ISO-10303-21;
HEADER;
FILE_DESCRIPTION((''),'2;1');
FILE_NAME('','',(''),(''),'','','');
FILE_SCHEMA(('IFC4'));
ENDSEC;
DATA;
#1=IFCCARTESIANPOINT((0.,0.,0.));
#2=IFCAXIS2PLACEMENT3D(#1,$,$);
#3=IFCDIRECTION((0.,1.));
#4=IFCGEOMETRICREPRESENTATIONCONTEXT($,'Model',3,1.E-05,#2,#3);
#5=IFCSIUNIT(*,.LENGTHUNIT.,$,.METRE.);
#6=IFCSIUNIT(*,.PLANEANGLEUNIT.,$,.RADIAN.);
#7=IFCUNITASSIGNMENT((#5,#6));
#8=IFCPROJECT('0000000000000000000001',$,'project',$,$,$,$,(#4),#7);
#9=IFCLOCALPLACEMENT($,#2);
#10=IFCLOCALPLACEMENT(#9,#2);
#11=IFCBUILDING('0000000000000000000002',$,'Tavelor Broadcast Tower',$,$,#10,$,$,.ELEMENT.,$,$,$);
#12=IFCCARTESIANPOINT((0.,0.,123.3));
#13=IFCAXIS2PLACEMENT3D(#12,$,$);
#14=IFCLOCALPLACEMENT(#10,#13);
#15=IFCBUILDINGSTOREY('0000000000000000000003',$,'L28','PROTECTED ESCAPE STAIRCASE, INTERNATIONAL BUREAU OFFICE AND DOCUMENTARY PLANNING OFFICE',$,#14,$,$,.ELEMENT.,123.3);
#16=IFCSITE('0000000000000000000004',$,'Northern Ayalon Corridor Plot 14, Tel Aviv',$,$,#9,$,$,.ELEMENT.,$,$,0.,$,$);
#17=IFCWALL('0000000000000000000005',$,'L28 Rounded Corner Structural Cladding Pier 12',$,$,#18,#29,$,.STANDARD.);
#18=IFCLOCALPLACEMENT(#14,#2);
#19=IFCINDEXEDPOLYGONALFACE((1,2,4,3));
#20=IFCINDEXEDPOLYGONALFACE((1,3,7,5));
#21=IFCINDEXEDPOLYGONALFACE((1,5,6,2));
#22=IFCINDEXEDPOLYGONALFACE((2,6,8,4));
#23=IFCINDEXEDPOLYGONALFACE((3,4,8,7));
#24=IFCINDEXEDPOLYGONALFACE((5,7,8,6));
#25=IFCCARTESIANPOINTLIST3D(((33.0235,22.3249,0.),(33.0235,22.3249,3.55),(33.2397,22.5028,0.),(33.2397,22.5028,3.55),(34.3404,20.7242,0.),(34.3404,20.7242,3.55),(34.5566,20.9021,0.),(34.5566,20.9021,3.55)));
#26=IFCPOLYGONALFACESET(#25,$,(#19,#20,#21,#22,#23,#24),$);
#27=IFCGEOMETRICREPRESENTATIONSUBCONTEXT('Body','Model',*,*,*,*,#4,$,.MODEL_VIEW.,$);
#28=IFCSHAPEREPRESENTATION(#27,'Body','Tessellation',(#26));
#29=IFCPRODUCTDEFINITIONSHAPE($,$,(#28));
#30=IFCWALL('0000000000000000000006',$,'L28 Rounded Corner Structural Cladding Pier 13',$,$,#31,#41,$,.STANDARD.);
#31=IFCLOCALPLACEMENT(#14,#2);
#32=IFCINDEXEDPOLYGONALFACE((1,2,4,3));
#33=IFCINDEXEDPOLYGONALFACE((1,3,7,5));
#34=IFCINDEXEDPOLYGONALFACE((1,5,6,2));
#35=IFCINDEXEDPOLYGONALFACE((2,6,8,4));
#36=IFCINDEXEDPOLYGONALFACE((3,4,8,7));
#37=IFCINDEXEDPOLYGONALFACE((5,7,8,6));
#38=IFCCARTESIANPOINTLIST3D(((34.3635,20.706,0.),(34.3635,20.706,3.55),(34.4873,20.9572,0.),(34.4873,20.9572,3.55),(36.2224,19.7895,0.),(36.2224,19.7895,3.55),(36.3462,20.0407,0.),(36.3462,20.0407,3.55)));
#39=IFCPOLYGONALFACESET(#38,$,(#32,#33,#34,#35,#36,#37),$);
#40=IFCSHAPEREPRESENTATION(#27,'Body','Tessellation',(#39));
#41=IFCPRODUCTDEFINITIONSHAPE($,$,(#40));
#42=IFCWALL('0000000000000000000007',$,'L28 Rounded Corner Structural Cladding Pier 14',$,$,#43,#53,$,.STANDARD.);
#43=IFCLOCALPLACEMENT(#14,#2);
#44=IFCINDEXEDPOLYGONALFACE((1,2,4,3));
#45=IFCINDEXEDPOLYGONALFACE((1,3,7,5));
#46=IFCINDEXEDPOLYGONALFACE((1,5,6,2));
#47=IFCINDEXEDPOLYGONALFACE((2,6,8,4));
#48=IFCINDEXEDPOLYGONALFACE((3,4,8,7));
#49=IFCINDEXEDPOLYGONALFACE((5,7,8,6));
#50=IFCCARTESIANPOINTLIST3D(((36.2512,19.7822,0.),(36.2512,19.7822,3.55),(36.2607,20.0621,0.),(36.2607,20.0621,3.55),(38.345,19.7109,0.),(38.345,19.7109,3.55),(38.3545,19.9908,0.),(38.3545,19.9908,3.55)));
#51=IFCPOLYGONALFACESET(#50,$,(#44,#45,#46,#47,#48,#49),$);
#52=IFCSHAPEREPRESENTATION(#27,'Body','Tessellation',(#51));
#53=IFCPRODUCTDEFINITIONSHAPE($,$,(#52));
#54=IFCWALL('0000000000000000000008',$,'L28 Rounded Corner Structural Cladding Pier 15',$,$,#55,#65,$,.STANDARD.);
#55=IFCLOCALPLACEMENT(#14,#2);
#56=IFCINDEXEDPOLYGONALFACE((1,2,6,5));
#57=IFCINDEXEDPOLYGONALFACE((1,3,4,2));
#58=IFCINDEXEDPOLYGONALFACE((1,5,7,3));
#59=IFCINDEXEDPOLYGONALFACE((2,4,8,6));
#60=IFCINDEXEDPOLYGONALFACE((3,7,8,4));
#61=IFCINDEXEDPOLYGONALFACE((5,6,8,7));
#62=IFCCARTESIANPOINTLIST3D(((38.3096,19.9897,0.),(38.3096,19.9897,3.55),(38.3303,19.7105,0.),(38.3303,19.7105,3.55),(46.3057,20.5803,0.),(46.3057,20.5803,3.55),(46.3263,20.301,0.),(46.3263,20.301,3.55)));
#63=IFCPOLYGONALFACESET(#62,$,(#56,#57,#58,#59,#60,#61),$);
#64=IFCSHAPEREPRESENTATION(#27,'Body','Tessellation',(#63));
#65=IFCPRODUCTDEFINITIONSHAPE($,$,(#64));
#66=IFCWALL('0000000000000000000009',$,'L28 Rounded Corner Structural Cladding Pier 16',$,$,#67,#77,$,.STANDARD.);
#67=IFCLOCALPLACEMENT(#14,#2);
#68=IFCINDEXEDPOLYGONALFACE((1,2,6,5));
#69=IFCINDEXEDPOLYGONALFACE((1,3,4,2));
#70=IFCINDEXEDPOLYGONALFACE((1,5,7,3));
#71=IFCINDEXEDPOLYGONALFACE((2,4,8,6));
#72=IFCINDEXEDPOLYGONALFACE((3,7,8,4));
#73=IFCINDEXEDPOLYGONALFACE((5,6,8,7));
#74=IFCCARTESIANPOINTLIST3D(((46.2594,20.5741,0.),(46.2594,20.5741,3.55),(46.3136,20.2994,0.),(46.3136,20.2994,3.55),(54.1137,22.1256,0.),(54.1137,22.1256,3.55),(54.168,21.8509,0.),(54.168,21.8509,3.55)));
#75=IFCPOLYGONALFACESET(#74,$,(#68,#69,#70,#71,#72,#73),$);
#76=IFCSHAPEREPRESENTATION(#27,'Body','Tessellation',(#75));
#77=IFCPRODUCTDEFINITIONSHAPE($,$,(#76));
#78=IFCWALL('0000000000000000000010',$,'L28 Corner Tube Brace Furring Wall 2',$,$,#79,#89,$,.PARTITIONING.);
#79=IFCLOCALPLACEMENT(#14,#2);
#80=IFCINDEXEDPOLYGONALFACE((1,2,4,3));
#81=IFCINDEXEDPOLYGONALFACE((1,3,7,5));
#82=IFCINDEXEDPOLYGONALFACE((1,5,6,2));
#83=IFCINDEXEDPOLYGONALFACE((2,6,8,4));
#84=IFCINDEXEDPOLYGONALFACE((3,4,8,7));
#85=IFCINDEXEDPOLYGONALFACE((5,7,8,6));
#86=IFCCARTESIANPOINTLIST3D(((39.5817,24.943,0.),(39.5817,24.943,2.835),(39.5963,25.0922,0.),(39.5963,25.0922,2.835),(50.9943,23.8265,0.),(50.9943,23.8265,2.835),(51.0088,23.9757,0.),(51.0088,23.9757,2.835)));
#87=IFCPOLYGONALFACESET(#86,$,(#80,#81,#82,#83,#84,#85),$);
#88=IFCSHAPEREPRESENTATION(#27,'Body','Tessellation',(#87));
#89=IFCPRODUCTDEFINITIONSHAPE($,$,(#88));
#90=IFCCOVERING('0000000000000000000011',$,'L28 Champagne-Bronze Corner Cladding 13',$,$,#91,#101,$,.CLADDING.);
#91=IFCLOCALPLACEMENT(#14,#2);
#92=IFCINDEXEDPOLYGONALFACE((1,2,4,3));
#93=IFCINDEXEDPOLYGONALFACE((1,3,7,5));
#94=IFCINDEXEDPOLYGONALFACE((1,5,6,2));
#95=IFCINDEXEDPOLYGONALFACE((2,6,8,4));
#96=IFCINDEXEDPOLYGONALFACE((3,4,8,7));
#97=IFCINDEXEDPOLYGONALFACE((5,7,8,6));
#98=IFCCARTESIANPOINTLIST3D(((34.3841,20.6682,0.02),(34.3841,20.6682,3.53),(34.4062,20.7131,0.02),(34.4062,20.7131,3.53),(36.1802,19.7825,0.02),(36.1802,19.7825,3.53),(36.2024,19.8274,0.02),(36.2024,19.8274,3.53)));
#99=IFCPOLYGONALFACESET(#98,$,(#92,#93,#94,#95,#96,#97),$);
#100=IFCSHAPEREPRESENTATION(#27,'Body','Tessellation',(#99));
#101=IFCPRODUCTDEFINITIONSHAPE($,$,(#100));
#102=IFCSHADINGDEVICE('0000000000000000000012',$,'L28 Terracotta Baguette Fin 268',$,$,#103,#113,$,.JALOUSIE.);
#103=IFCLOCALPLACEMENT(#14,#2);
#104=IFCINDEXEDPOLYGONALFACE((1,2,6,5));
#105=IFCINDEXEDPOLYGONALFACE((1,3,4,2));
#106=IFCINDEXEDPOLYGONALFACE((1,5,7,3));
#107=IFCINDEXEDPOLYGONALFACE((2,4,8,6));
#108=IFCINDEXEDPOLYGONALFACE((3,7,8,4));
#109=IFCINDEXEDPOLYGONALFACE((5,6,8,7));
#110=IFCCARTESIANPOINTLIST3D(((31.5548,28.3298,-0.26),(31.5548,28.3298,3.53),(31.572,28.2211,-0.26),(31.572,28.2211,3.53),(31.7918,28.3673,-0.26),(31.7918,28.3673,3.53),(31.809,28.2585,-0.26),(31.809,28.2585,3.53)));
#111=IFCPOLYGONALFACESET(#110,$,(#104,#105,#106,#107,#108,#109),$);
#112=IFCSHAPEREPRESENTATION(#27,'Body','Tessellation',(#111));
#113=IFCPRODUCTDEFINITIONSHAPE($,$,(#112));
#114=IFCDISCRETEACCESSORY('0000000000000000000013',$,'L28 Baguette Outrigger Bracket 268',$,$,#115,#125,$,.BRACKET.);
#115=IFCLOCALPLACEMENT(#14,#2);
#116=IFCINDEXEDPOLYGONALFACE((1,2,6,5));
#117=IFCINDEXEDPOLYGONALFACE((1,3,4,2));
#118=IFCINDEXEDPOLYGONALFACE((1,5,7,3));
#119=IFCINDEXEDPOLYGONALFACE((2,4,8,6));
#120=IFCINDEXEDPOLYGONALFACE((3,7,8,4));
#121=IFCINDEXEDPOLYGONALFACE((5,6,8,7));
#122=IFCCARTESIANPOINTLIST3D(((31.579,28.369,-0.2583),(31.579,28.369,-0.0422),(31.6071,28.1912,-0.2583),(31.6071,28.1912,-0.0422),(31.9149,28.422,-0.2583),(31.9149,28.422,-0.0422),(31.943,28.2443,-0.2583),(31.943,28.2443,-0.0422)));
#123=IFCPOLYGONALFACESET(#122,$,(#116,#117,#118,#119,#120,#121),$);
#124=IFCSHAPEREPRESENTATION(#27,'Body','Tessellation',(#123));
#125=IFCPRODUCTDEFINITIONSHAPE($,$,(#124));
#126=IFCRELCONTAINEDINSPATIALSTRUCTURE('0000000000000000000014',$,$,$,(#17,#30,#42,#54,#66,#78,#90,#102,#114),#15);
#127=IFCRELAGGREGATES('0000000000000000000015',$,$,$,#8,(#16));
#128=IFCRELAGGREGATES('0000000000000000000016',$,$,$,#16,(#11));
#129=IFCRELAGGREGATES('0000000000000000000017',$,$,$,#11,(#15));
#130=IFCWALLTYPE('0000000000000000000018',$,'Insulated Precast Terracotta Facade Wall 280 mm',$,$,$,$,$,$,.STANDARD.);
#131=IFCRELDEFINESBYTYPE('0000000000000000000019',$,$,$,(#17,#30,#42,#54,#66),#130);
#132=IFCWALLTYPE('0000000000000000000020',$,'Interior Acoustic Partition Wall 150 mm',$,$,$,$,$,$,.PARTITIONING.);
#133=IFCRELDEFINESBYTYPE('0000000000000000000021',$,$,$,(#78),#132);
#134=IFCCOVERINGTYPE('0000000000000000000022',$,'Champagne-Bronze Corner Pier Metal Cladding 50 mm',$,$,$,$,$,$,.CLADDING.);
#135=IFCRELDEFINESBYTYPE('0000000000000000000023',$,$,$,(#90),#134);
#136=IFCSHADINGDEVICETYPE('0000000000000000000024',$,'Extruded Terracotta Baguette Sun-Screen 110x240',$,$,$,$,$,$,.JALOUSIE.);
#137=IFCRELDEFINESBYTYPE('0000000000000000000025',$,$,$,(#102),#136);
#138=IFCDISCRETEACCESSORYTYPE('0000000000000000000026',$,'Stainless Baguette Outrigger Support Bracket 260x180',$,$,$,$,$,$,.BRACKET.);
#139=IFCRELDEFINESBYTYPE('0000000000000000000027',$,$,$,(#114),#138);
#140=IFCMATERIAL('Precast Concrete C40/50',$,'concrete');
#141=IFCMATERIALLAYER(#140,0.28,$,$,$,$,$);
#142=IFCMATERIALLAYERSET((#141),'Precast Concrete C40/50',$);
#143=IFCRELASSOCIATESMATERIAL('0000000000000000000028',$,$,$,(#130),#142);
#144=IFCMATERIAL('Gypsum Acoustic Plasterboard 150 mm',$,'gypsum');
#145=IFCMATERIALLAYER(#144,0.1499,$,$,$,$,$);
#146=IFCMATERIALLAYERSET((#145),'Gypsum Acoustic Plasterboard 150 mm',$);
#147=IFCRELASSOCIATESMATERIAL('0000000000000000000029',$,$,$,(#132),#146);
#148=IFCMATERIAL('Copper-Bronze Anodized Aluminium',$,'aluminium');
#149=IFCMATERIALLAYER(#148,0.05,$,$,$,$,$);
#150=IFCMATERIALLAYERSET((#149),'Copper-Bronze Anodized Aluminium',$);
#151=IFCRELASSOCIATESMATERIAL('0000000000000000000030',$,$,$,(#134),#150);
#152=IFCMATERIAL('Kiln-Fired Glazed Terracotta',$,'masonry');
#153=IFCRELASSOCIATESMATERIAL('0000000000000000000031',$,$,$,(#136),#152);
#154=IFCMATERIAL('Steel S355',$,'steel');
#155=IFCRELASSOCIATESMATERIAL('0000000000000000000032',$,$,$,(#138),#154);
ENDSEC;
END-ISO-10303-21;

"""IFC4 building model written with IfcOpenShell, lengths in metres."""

from ifc_helpers import new_model, si_unit, direction, frame, frame_2d, origin, origin_2d, place, context, subcontext, project, spatial, rectangle, extrude, source, transform, mapped, material, layer, layer_set, type_object, type_shapes, element, save


model = new_model("IFC4")

# Units and contexts
model_context = context("Model", 3, precision=1e-05, world=origin(), true_north=direction((0.0, 1.0)))
body_context = subcontext(model_context, "Body", "Model", "MODEL_VIEW")
ifc_project = project(units=[si_unit("LENGTHUNIT", "METRE"), si_unit("PLANEANGLEUNIT", "RADIAN")], contexts=[model_context])

# Site, building, storey
site_placement = place(None, origin())
site = spatial("IfcSite", under=ifc_project, at=site_placement, Name="Northern Ayalon Corridor Plot 14, Tel Aviv", CompositionType="ELEMENT", RefElevation=0.0)
building_placement = place(site_placement, origin())
building = spatial("IfcBuilding", under=site, at=building_placement, Name="Tavelor Broadcast Tower", CompositionType="ELEMENT")
storey_placement = place(building_placement, frame((0.0, 0.0, 123.3)))
storey = spatial("IfcBuildingStorey", under=building, at=storey_placement, Name="L28", Description="PROTECTED ESCAPE STAIRCASE, INTERNATIONAL BUREAU OFFICE AND DOCUMENTARY PLANNING OFFICE", CompositionType="ELEMENT", Elevation=123.3)

# Shared definitions
ifc_material_1 = material(Name="Steel S355", Category="steel")

# Walls
ifc_material_2 = material(Name="Precast Concrete C40/50", Category="concrete")
ifc_layer_1 = layer(ifc_material_2, 0.28)
ifc_layer_set_1 = layer_set([ifc_layer_1], Name="Precast Concrete C40/50")
wall_type_1 = type_object("IfcWallType", Name="Insulated Precast Terracotta Facade Wall 280 mm", PredefinedType="STANDARD", material=ifc_layer_set_1)
wall_1_placement = place(storey_placement, frame((33.1316, 22.4138, 0.0), z_axis=(0.0, 0.0, 1.0), x_axis=(0.635352, -0.772223, 0.0)))
element("IfcWall", 1, at=wall_1_placement, inside=storey, type_object=wall_type_1, Name="L28 Rounded Corner Structural Cladding Pier 12", PredefinedType="STANDARD", context=body_context, shape_type="SweptSolid", body=[
    extrude(rectangle(XDim=2.0728, YDim=0.28, at=frame_2d((1.0364, 0.0))), origin(), (0.0, 0.0, 1.0), 3.55),
])
wall_2_placement = place(storey_placement, frame((34.4255, 20.8315, 0.0), z_axis=(0.0, 0.0, 1.0), x_axis=(0.896911, -0.442212, 0.0)))
element("IfcWall", 2, at=wall_2_placement, inside=storey, type_object=wall_type_1, Name="L28 Rounded Corner Structural Cladding Pier 13", PredefinedType="STANDARD", context=body_context, shape_type="SweptSolid", body=[
    extrude(rectangle(XDim=2.0725, YDim=0.28, at=frame_2d((1.0361, 0.0))), origin(), (0.0, 0.0, 1.0), 3.55),
])
wall_3_placement = place(storey_placement, frame((36.2561, 19.9221, 0.0), z_axis=(0.0, 0.0, 1.0), x_axis=(0.999421, -0.034029, 0.0)))
element("IfcWall", 3, at=wall_3_placement, inside=storey, type_object=wall_type_1, Name="L28 Rounded Corner Structural Cladding Pier 14", PredefinedType="STANDARD", context=body_context, shape_type="SweptSolid", body=[
    extrude(rectangle(XDim=2.095, YDim=0.28, at=frame_2d((1.0474, 0.0))), origin(), (0.0, 0.0, 1.0), 3.55),
])
wall_4_placement = place(storey_placement, frame((38.3201, 19.8501, 0.0), z_axis=(0.0, 0.0, 1.0), x_axis=(0.997284, 0.073657, 0.0)))
element("IfcWall", 4, at=wall_4_placement, inside=storey, type_object=wall_type_1, Name="L28 Rounded Corner Structural Cladding Pier 15", PredefinedType="STANDARD", context=body_context, shape_type="SweptSolid", body=[
    extrude(rectangle(XDim=8.0178, YDim=0.28, at=frame_2d((4.0088, 0.0))), origin(), (0.0, 0.0, 1.0), 3.55),
])
wall_5_placement = place(storey_placement, frame((46.2866, 20.4368, 0.0), z_axis=(0.0, 0.0, 1.0), x_axis=(0.981042, 0.193793, 0.0)))
element("IfcWall", 5, at=wall_5_placement, inside=storey, type_object=wall_type_1, Name="L28 Rounded Corner Structural Cladding Pier 16", PredefinedType="STANDARD", context=body_context, shape_type="SweptSolid", body=[
    extrude(rectangle(XDim=8.0061, YDim=0.28, at=frame_2d((4.0029, 0.0))), origin(), (0.0, 0.0, 1.0), 3.55),
])
ifc_material_3 = material(Name="Gypsum Acoustic Plasterboard 150 mm", Category="gypsum")
ifc_layer_2 = layer(ifc_material_3, 0.1499)
ifc_layer_set_2 = layer_set([ifc_layer_2], Name="Gypsum Acoustic Plasterboard 150 mm")
wall_type_2 = type_object("IfcWallType", Name="Interior Acoustic Partition Wall 150 mm", PredefinedType="PARTITIONING", material=ifc_layer_set_2)
wall_6_placement = place(storey_placement, frame((39.5891, 25.0176, 0.0), z_axis=(0.0, 0.0, 1.0), x_axis=(0.995249, -0.097362, 0.0)))
element("IfcWall", 6, at=wall_6_placement, inside=storey, type_object=wall_type_2, Name="L28 Corner Tube Brace Furring Wall 2", PredefinedType="PARTITIONING", context=body_context, shape_type="SweptSolid", body=[
    extrude(rectangle(XDim=11.467, YDim=0.1499, at=frame_2d((5.7334, 0.0))), origin(), (0.0, 0.0, 1.0), 2.835),
])

# Covering
ifc_material_4 = material(Name="Copper-Bronze Anodized Aluminium", Category="aluminium")
ifc_layer_3 = layer(ifc_material_4, 0.05)
ifc_layer_set_3 = layer_set([ifc_layer_3], Name="Copper-Bronze Anodized Aluminium")
covering_type = type_object("IfcCoveringType", Name="Champagne-Bronze Corner Pier Metal Cladding 50 mm", PredefinedType="CLADDING", material=ifc_layer_set_3)
covering_placement = place(storey_placement, frame((35.2932, 20.2478, 0.02), z_axis=(0.0, 0.0, 1.0), x_axis=(0.896873, -0.442289, 0.0)))
element("IfcCovering", 7, at=covering_placement, inside=storey, type_object=covering_type, Name="L28 Champagne-Bronze Corner Cladding 13", PredefinedType="CLADDING", context=body_context, shape_type="SweptSolid", body=[
    extrude(rectangle(XDim=2.0027, YDim=0.05, at=origin_2d()), origin(), (0.0, 0.0, 1.0), 3.51),
])

# Shading device
ifc_material_5 = material(Name="Kiln-Fired Glazed Terracotta", Category="masonry")
shading_device_type = type_object("IfcShadingDeviceType", Name="Extruded Terracotta Baguette Sun-Screen 110x240", PredefinedType="JALOUSIE", material=ifc_material_5)
shared_shape_1 = source(origin(), body_context, "Body", "SweptSolid", [
    extrude(rectangle(XDim=0.1101, YDim=0.24, at=origin_2d()), origin(), (0.0, 0.0, 1.0), 3.79),
])
type_shapes(shading_device_type, [shared_shape_1])
shading_device_placement = place(storey_placement, frame((31.6819, 28.2942, -0.26), z_axis=(0.0, 0.0, 1.0), x_axis=(0.15609, -0.987743, 0.0)))
element("IfcShadingDevice", 8, at=shading_device_placement, inside=storey, type_object=shading_device_type, Name="L28 Terracotta Baguette Fin 268", PredefinedType="JALOUSIE", context=body_context, shape_type="MappedRepresentation", body=[
    mapped(shared_shape_1, transform((0.0, 0.0, 0.0), scale=1.0)),
])

# Discrete accessory
discrete_accessory_type = type_object("IfcDiscreteAccessoryType", Name="Stainless Baguette Outrigger Support Bracket 260x180", PredefinedType="BRACKET", material=ifc_material_1)
shared_shape_2 = source(origin(), body_context, "Body", "SweptSolid", [
    extrude(rectangle(XDim=0.1799, YDim=0.3401, at=origin_2d()), origin(), (0.0, 0.0, 1.0), 0.2161),
])
type_shapes(discrete_accessory_type, [shared_shape_2])
discrete_accessory_placement = place(storey_placement, frame((31.761, 28.3066, -0.2583), z_axis=(0.0, 0.0, 1.0), x_axis=(0.15609, -0.987743, 0.0)))
element("IfcDiscreteAccessory", 9, at=discrete_accessory_placement, inside=storey, type_object=discrete_accessory_type, Name="L28 Baguette Outrigger Bracket 268", PredefinedType="BRACKET", context=body_context, shape_type="MappedRepresentation", body=[
    mapped(shared_shape_2, transform((0.0, 0.0, 0.0), scale=1.0)),
])

save(model, "model.ifc")
